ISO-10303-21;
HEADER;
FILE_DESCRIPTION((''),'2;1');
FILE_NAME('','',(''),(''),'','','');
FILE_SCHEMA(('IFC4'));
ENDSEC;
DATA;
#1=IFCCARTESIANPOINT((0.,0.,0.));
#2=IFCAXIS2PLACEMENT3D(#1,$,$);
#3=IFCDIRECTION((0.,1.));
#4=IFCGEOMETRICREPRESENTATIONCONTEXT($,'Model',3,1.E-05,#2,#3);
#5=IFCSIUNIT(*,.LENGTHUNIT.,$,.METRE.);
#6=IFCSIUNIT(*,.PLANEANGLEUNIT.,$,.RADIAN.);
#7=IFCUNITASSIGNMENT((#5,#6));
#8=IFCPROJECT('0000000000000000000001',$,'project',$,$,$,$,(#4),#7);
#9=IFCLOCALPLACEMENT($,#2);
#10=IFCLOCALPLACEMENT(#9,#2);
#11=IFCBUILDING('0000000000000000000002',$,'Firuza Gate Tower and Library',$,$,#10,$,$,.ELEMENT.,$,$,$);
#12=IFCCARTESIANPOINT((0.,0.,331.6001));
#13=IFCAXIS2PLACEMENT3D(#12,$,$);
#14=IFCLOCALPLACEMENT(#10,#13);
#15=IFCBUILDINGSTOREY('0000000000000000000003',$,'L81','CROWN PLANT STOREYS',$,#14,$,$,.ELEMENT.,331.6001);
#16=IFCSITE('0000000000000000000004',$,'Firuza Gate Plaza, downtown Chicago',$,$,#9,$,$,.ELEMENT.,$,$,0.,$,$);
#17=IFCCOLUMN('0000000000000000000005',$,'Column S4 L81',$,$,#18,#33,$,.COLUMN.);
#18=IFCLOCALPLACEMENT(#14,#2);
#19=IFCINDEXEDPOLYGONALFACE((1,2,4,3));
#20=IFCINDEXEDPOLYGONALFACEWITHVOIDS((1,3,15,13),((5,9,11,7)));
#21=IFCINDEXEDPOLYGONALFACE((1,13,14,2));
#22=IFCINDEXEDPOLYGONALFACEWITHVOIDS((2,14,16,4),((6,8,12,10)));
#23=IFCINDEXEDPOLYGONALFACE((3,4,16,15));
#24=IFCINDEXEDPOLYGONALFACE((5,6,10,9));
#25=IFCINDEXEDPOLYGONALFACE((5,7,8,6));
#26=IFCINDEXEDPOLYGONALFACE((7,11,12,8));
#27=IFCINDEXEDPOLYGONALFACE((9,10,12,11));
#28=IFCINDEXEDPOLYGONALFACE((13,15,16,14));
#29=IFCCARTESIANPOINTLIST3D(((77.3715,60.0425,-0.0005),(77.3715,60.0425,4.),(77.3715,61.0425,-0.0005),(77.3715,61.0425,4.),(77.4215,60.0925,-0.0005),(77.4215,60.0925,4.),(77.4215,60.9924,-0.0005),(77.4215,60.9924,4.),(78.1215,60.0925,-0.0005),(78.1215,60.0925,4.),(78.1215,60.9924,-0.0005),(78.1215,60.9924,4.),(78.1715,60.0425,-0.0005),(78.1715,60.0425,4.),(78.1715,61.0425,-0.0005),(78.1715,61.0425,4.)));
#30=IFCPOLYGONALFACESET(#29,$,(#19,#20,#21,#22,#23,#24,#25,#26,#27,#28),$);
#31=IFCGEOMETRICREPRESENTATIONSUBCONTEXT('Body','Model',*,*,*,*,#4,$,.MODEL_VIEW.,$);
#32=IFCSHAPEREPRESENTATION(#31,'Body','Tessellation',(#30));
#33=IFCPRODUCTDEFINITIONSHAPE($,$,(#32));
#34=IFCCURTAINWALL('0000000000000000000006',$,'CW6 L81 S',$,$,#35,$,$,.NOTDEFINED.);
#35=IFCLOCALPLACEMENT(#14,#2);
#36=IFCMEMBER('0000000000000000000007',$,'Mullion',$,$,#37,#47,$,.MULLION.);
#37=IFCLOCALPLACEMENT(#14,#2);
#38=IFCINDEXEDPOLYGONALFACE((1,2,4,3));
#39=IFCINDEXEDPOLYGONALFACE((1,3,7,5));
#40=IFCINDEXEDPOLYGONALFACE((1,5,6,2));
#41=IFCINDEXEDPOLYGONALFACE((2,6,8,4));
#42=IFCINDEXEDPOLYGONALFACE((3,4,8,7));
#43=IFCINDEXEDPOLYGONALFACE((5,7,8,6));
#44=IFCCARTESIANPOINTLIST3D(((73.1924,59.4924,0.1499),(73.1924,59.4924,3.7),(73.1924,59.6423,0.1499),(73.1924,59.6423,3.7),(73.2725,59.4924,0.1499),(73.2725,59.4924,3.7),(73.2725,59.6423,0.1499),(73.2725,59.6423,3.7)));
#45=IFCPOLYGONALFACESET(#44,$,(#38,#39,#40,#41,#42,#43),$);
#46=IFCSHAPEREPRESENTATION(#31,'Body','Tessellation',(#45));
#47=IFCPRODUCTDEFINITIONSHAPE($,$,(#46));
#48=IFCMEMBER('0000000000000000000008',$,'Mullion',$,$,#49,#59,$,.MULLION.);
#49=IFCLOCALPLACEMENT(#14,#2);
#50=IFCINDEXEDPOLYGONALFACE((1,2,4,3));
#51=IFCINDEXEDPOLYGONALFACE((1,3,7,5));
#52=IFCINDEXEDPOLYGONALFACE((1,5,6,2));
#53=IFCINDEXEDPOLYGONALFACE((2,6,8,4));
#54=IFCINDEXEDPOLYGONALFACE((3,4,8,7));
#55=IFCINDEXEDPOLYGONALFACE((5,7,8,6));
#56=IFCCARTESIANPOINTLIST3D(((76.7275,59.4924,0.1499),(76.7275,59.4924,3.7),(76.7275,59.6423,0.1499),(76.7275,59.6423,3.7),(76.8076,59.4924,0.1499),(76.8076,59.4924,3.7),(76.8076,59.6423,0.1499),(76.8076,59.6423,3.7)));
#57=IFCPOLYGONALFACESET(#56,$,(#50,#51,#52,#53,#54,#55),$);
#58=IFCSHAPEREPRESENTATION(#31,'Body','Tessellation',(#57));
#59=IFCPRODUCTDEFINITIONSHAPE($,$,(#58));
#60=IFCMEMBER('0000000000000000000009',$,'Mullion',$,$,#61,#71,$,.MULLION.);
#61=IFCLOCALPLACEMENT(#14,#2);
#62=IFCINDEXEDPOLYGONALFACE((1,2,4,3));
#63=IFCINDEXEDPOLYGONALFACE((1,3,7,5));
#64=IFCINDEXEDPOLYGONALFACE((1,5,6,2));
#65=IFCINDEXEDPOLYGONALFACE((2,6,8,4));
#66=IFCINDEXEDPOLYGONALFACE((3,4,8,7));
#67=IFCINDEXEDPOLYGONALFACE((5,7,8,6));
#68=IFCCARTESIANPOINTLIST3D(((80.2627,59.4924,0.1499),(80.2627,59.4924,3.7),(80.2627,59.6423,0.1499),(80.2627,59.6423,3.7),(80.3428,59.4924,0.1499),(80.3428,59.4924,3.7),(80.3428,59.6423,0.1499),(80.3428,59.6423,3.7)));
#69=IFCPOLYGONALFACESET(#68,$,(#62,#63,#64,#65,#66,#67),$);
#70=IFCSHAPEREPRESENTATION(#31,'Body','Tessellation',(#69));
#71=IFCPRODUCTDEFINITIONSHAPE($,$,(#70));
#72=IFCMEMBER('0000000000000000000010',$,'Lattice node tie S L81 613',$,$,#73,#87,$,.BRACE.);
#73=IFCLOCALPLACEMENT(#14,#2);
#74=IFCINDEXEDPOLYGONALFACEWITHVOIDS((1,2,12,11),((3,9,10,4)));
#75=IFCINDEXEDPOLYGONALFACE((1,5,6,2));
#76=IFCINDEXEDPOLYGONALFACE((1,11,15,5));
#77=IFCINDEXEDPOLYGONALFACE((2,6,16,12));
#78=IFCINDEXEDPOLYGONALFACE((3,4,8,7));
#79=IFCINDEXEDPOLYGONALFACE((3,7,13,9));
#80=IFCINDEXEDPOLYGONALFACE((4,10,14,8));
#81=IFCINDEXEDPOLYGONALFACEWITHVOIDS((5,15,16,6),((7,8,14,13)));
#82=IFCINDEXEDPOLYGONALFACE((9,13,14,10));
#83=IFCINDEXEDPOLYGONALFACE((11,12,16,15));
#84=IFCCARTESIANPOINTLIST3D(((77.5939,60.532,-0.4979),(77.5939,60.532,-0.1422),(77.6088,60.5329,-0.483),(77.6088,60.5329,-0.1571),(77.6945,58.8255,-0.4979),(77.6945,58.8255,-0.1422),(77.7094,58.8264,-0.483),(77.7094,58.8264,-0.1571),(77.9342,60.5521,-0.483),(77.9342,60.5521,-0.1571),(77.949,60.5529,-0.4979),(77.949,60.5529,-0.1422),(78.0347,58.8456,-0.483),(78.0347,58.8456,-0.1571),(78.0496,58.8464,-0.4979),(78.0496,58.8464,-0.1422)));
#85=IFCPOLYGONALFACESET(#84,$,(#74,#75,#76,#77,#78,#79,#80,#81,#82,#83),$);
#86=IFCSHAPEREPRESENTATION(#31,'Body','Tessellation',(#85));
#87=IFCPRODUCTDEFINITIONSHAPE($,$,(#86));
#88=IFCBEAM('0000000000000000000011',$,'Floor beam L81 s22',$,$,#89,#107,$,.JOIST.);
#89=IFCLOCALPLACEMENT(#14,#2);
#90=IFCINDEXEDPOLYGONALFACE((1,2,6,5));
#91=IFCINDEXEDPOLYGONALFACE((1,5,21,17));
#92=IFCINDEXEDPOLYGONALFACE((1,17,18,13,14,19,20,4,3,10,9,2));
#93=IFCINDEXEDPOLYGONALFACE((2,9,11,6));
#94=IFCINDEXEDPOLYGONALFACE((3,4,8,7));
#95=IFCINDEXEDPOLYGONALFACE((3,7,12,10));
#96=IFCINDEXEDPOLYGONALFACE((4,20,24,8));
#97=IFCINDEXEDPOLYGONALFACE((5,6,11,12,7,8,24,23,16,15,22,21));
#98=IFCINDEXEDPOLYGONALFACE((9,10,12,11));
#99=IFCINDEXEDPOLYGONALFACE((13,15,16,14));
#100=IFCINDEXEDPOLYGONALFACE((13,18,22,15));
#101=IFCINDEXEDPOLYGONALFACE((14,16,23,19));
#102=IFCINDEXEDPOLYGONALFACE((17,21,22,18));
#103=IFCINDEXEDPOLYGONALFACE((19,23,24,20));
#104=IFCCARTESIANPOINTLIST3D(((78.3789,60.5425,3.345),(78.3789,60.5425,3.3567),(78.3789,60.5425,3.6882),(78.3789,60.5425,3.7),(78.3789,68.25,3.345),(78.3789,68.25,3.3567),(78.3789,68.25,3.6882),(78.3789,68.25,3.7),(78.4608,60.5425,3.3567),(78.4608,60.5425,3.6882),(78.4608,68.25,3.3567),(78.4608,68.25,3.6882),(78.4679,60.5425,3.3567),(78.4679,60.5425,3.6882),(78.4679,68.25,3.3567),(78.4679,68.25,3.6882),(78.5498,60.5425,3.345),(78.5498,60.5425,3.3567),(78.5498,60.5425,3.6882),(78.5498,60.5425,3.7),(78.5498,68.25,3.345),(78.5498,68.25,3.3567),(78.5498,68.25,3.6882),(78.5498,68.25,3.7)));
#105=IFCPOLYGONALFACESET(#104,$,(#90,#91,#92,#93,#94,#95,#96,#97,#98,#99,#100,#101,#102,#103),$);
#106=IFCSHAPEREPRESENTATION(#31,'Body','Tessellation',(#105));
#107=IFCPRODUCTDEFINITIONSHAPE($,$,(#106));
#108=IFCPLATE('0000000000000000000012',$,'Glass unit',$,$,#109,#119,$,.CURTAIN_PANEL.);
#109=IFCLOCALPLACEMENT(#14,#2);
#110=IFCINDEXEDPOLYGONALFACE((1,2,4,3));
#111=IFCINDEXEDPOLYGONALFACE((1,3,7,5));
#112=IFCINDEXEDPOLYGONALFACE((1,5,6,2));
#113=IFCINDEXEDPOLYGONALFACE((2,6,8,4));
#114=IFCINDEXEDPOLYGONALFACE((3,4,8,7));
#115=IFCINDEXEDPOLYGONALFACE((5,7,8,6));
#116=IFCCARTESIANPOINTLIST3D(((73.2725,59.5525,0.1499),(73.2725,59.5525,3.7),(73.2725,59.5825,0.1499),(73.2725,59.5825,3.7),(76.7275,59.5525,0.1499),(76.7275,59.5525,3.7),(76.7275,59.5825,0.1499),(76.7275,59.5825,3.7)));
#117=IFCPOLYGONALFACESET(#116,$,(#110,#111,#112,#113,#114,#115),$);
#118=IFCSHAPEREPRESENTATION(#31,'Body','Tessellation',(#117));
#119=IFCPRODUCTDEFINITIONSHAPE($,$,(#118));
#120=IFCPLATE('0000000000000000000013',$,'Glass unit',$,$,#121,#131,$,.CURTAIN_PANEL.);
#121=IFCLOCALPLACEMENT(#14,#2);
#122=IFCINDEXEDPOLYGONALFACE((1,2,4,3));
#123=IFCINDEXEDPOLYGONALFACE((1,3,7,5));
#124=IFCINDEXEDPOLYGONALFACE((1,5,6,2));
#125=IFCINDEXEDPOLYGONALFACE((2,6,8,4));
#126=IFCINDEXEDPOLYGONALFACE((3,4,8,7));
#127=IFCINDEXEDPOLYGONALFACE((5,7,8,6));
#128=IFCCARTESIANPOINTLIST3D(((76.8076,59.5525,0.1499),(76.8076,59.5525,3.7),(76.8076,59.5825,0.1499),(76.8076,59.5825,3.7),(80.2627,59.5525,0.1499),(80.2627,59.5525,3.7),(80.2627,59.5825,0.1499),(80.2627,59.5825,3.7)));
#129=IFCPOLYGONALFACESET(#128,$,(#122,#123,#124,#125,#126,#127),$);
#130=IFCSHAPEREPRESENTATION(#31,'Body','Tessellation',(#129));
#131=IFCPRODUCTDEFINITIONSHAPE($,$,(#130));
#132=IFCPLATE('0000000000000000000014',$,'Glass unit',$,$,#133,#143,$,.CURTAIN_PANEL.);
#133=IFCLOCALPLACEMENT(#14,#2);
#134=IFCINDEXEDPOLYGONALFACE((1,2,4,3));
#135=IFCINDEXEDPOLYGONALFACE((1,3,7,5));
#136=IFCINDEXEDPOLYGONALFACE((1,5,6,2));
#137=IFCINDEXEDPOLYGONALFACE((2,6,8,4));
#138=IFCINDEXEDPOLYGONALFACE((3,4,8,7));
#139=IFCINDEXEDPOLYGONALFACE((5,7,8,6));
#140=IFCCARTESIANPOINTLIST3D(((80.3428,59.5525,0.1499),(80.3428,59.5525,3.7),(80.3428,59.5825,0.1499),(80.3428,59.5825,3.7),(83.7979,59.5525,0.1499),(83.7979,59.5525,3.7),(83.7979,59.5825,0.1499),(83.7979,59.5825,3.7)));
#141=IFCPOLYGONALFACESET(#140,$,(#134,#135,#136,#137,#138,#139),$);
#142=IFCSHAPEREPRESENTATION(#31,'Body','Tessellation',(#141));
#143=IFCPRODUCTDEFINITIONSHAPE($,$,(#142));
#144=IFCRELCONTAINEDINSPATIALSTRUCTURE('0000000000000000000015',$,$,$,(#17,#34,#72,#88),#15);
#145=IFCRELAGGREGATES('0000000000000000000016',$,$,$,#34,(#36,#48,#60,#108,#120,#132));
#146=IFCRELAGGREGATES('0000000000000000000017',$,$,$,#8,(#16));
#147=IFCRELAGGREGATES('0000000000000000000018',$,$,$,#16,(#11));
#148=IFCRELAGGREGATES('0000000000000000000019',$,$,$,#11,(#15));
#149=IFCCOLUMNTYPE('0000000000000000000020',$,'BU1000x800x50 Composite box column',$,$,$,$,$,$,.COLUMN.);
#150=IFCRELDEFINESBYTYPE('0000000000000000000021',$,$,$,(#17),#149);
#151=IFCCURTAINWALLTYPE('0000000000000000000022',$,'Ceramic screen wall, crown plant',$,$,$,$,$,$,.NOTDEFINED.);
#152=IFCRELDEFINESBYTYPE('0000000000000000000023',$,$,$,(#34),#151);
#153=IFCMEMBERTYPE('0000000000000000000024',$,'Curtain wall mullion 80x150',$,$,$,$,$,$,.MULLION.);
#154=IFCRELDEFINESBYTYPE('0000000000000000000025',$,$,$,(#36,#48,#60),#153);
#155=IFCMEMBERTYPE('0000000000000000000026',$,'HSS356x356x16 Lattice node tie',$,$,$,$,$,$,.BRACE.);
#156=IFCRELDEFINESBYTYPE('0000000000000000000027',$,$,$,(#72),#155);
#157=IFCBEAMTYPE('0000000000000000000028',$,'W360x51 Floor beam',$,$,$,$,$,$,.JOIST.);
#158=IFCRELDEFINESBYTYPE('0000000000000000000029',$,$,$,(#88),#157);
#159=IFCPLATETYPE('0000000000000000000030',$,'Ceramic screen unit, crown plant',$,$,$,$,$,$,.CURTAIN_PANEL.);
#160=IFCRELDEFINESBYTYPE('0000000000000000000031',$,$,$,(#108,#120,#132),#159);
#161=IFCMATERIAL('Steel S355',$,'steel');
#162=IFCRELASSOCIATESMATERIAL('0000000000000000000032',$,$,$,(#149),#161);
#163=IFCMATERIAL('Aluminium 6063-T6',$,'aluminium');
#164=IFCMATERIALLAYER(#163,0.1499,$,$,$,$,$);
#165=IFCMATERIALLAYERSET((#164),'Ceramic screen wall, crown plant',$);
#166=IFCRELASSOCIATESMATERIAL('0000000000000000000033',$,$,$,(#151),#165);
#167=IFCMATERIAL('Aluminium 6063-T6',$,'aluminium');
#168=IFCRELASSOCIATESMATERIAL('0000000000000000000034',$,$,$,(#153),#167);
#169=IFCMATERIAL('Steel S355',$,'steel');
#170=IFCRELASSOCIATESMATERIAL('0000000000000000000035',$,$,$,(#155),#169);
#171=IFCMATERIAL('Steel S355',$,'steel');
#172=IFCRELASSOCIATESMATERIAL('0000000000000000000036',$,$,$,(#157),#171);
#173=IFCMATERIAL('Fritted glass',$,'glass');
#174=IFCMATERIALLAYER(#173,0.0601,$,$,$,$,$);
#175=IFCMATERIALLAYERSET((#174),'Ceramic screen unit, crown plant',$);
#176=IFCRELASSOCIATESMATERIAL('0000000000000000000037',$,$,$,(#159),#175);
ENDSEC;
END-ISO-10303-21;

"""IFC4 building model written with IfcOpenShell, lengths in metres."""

from ifc_helpers import new_model, si_unit, direction, frame, origin, origin_2d, place, context, subcontext, project, spatial, polyline, rectangle, hollow_rectangle, i_section, outline, extrude, material, layer, layer_set, material_profile, profile_set, type_object, element, aggregate, save


model = new_model("IFC4")

# Units and contexts
model_context = context("Model", 3, precision=1e-05, world=origin(), true_north=direction((0.0, 1.0)))
body_context = subcontext(model_context, "Body", "Model", "MODEL_VIEW")
ifc_project = project(units=[si_unit("LENGTHUNIT", "METRE"), si_unit("PLANEANGLEUNIT", "RADIAN")], contexts=[model_context])

# Site, building, storey
site_placement = place(None, origin())
site = spatial("IfcSite", under=ifc_project, at=site_placement, Name="Firuza Gate Plaza, downtown Chicago", CompositionType="ELEMENT", RefElevation=0.0)
building_placement = place(site_placement, origin())
building = spatial("IfcBuilding", under=site, at=building_placement, Name="Firuza Gate Tower and Library", CompositionType="ELEMENT")
storey_placement = place(building_placement, frame((0.0, 0.0, 331.6001)))
storey = spatial("IfcBuildingStorey", under=building, at=storey_placement, Name="L81", Description="CROWN PLANT STOREYS", CompositionType="ELEMENT", Elevation=331.6001)

# Column
ifc_material_1 = material(Name="Steel S355", Category="steel")
ifc_material_profile_1 = material_profile(ifc_material_1, hollow_rectangle(XDim=0.8, YDim=1.0, WallThickness=0.05, at=origin_2d()))
ifc_profile_set_1 = profile_set([ifc_material_profile_1], Name="Steel S355")
column_type = type_object("IfcColumnType", Name="BU1000x800x50 Composite box column", PredefinedType="COLUMN", material=ifc_profile_set_1)
column_placement = place(storey_placement, frame((77.7715, 60.5425, -0.0005), z_axis=(0.0, 0.0, 1.0), x_axis=(1.0, 0.0, 0.0)))
element("IfcColumn", 1, at=column_placement, inside=storey, type_object=column_type, Name="Column S4 L81", PredefinedType="COLUMN", context=body_context, shape_type="SweptSolid", body=[
    extrude(hollow_rectangle(XDim=0.8, YDim=1.0, WallThickness=0.05, at=origin_2d()), origin(), (0.0, 0.0, 1.0), 4.0005),
])

# Curtain wall, members
ifc_material_2 = material(Name="Aluminium 6063-T6", Category="aluminium")
ifc_layer_1 = layer(ifc_material_2, 0.1499)
ifc_layer_set_1 = layer_set([ifc_layer_1], Name="Ceramic screen wall, crown plant")
curtain_wall_type = type_object("IfcCurtainWallType", Name="Ceramic screen wall, crown plant", PredefinedType="NOTDEFINED", material=ifc_layer_set_1)
curtain_wall_placement = place(storey_placement, origin())
curtain_wall = element("IfcCurtainWall", 2, at=curtain_wall_placement, inside=storey, type_object=curtain_wall_type, Name="CW6 L81 S", PredefinedType="NOTDEFINED")
ifc_material_3 = material(Name="Aluminium 6063-T6", Category="aluminium")
ifc_material_profile_2 = material_profile(ifc_material_3, rectangle(XDim=0.1499, YDim=0.0801, at=origin_2d()))
ifc_profile_set_2 = profile_set([ifc_material_profile_2], Name="Aluminium 6063-T6")
member_type_1 = type_object("IfcMemberType", Name="Curtain wall mullion 80x150", PredefinedType="MULLION", material=ifc_profile_set_2)
member_1_placement = place(storey_placement, frame((73.2324, 59.5674, 0.1499), z_axis=(0.0, 0.0, 1.0), x_axis=(0.0, 1.0, 0.0)))
member_1 = element("IfcMember", 3, at=member_1_placement, type_object=member_type_1, Name="Mullion", PredefinedType="MULLION", context=body_context, shape_type="SweptSolid", body=[
    extrude(rectangle(XDim=0.1499, YDim=0.0801, at=origin_2d()), origin(), (0.0, 0.0, 1.0), 3.55),
])
member_2_placement = place(storey_placement, frame((76.7676, 59.5674, 0.1499), z_axis=(0.0, 0.0, 1.0), x_axis=(0.0, 1.0, 0.0)))
member_2 = element("IfcMember", 4, at=member_2_placement, type_object=member_type_1, Name="Mullion", PredefinedType="MULLION", context=body_context, shape_type="SweptSolid", body=[
    extrude(rectangle(XDim=0.1499, YDim=0.0801, at=origin_2d()), origin(), (0.0, 0.0, 1.0), 3.55),
])
member_3_placement = place(storey_placement, frame((80.3027, 59.5674, 0.1499), z_axis=(0.0, 0.0, 1.0), x_axis=(0.0, 1.0, 0.0)))
member_3 = element("IfcMember", 5, at=member_3_placement, type_object=member_type_1, Name="Mullion", PredefinedType="MULLION", context=body_context, shape_type="SweptSolid", body=[
    extrude(rectangle(XDim=0.1499, YDim=0.0801, at=origin_2d()), origin(), (0.0, 0.0, 1.0), 3.55),
])

# Member
ifc_material_4 = material(Name="Steel S355", Category="steel")
ifc_material_profile_3 = material_profile(ifc_material_4, hollow_rectangle(XDim=0.3557, YDim=0.3557, WallThickness=0.0149, at=origin_2d()))
ifc_profile_set_3 = profile_set([ifc_material_profile_3], Name="Steel S355")
member_type_2 = type_object("IfcMemberType", Name="HSS356x356x16 Lattice node tie", PredefinedType="BRACE", material=ifc_profile_set_3)
member_4_placement = place(storey_placement, frame((77.7715, 60.5425, -0.3201), z_axis=(0.058839, -0.998267, 0.0), x_axis=(0.998267, 0.058839, 0.0)))
element("IfcMember", 6, at=member_4_placement, inside=storey, type_object=member_type_2, Name="Lattice node tie S L81 613", PredefinedType="BRACE", context=body_context, shape_type="SweptSolid", body=[
    extrude(hollow_rectangle(XDim=0.3557, YDim=0.3557, WallThickness=0.0149, at=origin_2d()), origin(), (0.0, 0.0, 1.0), 1.7095),
])

# Beam
ifc_material_5 = material(Name="Steel S355", Category="steel")
ifc_material_profile_4 = material_profile(ifc_material_5, i_section(OverallWidth=0.1709, OverallDepth=0.355, WebThickness=0.0071, FlangeThickness=0.0117, at=origin_2d()))
ifc_profile_set_4 = profile_set([ifc_material_profile_4], Name="Steel S355")
beam_type = type_object("IfcBeamType", Name="W360x51 Floor beam", PredefinedType="JOIST", material=ifc_profile_set_4)
beam_placement = place(storey_placement, frame((78.4644, 60.5425, 3.5225), z_axis=(0.0, 1.0, 0.0), x_axis=(-1.0, 0.0, 0.0)))
element("IfcBeam", 7, at=beam_placement, inside=storey, type_object=beam_type, Name="Floor beam L81 s22", PredefinedType="JOIST", context=body_context, shape_type="SweptSolid", body=[
    extrude(i_section(OverallWidth=0.1709, OverallDepth=0.355, WebThickness=0.0071, FlangeThickness=0.0117, at=origin_2d()), origin(), (0.0, 0.0, 1.0), 7.7075),
])

# Plates
ifc_material_6 = material(Name="Fritted glass", Category="glass")
ifc_layer_2 = layer(ifc_material_6, 0.0601)
ifc_layer_set_2 = layer_set([ifc_layer_2], Name="Ceramic screen unit, crown plant")
plate_type = type_object("IfcPlateType", Name="Ceramic screen unit, crown plant", PredefinedType="CURTAIN_PANEL", material=ifc_layer_set_2)
plate_1_placement = place(storey_placement, frame((73.2725, 59.5525, 0.1499), z_axis=(0.0, -1.0, 0.0), x_axis=(1.0, 0.0, 0.0)))
plate_1 = element("IfcPlate", 8, at=plate_1_placement, type_object=plate_type, Name="Glass unit", PredefinedType="CURTAIN_PANEL", context=body_context, shape_type="SweptSolid", body=[
    extrude(outline(polyline([(0.0, 0.0), (3.4551, 0.0), (3.4551, 3.55), (0.0, 3.55), (0.0, 0.0)])), origin(), (0.0, 0.0, -1.0), 0.03),
])
plate_2_placement = place(storey_placement, frame((76.8076, 59.5525, 0.1499), z_axis=(0.0, -1.0, 0.0), x_axis=(1.0, 0.0, 0.0)))
plate_2 = element("IfcPlate", 9, at=plate_2_placement, type_object=plate_type, Name="Glass unit", PredefinedType="CURTAIN_PANEL", context=body_context, shape_type="SweptSolid", body=[
    extrude(outline(polyline([(0.0, 0.0), (3.4551, 0.0), (3.4551, 3.55), (0.0, 3.55), (0.0, 0.0)])), origin(), (0.0, 0.0, -1.0), 0.03),
])
plate_3_placement = place(storey_placement, frame((80.3428, 59.5525, 0.1499), z_axis=(0.0, -1.0, 0.0), x_axis=(1.0, 0.0, 0.0)))
plate_3 = element("IfcPlate", 10, at=plate_3_placement, type_object=plate_type, Name="Glass unit", PredefinedType="CURTAIN_PANEL", context=body_context, shape_type="SweptSolid", body=[
    extrude(outline(polyline([(0.0, 0.0), (3.4551, 0.0), (3.4551, 3.55), (0.0, 3.55), (0.0, 0.0)])), origin(), (0.0, 0.0, -1.0), 0.03),
])
aggregate(curtain_wall, [member_1, member_2, member_3, plate_1, plate_2, plate_3])

save(model, "model.ifc")
